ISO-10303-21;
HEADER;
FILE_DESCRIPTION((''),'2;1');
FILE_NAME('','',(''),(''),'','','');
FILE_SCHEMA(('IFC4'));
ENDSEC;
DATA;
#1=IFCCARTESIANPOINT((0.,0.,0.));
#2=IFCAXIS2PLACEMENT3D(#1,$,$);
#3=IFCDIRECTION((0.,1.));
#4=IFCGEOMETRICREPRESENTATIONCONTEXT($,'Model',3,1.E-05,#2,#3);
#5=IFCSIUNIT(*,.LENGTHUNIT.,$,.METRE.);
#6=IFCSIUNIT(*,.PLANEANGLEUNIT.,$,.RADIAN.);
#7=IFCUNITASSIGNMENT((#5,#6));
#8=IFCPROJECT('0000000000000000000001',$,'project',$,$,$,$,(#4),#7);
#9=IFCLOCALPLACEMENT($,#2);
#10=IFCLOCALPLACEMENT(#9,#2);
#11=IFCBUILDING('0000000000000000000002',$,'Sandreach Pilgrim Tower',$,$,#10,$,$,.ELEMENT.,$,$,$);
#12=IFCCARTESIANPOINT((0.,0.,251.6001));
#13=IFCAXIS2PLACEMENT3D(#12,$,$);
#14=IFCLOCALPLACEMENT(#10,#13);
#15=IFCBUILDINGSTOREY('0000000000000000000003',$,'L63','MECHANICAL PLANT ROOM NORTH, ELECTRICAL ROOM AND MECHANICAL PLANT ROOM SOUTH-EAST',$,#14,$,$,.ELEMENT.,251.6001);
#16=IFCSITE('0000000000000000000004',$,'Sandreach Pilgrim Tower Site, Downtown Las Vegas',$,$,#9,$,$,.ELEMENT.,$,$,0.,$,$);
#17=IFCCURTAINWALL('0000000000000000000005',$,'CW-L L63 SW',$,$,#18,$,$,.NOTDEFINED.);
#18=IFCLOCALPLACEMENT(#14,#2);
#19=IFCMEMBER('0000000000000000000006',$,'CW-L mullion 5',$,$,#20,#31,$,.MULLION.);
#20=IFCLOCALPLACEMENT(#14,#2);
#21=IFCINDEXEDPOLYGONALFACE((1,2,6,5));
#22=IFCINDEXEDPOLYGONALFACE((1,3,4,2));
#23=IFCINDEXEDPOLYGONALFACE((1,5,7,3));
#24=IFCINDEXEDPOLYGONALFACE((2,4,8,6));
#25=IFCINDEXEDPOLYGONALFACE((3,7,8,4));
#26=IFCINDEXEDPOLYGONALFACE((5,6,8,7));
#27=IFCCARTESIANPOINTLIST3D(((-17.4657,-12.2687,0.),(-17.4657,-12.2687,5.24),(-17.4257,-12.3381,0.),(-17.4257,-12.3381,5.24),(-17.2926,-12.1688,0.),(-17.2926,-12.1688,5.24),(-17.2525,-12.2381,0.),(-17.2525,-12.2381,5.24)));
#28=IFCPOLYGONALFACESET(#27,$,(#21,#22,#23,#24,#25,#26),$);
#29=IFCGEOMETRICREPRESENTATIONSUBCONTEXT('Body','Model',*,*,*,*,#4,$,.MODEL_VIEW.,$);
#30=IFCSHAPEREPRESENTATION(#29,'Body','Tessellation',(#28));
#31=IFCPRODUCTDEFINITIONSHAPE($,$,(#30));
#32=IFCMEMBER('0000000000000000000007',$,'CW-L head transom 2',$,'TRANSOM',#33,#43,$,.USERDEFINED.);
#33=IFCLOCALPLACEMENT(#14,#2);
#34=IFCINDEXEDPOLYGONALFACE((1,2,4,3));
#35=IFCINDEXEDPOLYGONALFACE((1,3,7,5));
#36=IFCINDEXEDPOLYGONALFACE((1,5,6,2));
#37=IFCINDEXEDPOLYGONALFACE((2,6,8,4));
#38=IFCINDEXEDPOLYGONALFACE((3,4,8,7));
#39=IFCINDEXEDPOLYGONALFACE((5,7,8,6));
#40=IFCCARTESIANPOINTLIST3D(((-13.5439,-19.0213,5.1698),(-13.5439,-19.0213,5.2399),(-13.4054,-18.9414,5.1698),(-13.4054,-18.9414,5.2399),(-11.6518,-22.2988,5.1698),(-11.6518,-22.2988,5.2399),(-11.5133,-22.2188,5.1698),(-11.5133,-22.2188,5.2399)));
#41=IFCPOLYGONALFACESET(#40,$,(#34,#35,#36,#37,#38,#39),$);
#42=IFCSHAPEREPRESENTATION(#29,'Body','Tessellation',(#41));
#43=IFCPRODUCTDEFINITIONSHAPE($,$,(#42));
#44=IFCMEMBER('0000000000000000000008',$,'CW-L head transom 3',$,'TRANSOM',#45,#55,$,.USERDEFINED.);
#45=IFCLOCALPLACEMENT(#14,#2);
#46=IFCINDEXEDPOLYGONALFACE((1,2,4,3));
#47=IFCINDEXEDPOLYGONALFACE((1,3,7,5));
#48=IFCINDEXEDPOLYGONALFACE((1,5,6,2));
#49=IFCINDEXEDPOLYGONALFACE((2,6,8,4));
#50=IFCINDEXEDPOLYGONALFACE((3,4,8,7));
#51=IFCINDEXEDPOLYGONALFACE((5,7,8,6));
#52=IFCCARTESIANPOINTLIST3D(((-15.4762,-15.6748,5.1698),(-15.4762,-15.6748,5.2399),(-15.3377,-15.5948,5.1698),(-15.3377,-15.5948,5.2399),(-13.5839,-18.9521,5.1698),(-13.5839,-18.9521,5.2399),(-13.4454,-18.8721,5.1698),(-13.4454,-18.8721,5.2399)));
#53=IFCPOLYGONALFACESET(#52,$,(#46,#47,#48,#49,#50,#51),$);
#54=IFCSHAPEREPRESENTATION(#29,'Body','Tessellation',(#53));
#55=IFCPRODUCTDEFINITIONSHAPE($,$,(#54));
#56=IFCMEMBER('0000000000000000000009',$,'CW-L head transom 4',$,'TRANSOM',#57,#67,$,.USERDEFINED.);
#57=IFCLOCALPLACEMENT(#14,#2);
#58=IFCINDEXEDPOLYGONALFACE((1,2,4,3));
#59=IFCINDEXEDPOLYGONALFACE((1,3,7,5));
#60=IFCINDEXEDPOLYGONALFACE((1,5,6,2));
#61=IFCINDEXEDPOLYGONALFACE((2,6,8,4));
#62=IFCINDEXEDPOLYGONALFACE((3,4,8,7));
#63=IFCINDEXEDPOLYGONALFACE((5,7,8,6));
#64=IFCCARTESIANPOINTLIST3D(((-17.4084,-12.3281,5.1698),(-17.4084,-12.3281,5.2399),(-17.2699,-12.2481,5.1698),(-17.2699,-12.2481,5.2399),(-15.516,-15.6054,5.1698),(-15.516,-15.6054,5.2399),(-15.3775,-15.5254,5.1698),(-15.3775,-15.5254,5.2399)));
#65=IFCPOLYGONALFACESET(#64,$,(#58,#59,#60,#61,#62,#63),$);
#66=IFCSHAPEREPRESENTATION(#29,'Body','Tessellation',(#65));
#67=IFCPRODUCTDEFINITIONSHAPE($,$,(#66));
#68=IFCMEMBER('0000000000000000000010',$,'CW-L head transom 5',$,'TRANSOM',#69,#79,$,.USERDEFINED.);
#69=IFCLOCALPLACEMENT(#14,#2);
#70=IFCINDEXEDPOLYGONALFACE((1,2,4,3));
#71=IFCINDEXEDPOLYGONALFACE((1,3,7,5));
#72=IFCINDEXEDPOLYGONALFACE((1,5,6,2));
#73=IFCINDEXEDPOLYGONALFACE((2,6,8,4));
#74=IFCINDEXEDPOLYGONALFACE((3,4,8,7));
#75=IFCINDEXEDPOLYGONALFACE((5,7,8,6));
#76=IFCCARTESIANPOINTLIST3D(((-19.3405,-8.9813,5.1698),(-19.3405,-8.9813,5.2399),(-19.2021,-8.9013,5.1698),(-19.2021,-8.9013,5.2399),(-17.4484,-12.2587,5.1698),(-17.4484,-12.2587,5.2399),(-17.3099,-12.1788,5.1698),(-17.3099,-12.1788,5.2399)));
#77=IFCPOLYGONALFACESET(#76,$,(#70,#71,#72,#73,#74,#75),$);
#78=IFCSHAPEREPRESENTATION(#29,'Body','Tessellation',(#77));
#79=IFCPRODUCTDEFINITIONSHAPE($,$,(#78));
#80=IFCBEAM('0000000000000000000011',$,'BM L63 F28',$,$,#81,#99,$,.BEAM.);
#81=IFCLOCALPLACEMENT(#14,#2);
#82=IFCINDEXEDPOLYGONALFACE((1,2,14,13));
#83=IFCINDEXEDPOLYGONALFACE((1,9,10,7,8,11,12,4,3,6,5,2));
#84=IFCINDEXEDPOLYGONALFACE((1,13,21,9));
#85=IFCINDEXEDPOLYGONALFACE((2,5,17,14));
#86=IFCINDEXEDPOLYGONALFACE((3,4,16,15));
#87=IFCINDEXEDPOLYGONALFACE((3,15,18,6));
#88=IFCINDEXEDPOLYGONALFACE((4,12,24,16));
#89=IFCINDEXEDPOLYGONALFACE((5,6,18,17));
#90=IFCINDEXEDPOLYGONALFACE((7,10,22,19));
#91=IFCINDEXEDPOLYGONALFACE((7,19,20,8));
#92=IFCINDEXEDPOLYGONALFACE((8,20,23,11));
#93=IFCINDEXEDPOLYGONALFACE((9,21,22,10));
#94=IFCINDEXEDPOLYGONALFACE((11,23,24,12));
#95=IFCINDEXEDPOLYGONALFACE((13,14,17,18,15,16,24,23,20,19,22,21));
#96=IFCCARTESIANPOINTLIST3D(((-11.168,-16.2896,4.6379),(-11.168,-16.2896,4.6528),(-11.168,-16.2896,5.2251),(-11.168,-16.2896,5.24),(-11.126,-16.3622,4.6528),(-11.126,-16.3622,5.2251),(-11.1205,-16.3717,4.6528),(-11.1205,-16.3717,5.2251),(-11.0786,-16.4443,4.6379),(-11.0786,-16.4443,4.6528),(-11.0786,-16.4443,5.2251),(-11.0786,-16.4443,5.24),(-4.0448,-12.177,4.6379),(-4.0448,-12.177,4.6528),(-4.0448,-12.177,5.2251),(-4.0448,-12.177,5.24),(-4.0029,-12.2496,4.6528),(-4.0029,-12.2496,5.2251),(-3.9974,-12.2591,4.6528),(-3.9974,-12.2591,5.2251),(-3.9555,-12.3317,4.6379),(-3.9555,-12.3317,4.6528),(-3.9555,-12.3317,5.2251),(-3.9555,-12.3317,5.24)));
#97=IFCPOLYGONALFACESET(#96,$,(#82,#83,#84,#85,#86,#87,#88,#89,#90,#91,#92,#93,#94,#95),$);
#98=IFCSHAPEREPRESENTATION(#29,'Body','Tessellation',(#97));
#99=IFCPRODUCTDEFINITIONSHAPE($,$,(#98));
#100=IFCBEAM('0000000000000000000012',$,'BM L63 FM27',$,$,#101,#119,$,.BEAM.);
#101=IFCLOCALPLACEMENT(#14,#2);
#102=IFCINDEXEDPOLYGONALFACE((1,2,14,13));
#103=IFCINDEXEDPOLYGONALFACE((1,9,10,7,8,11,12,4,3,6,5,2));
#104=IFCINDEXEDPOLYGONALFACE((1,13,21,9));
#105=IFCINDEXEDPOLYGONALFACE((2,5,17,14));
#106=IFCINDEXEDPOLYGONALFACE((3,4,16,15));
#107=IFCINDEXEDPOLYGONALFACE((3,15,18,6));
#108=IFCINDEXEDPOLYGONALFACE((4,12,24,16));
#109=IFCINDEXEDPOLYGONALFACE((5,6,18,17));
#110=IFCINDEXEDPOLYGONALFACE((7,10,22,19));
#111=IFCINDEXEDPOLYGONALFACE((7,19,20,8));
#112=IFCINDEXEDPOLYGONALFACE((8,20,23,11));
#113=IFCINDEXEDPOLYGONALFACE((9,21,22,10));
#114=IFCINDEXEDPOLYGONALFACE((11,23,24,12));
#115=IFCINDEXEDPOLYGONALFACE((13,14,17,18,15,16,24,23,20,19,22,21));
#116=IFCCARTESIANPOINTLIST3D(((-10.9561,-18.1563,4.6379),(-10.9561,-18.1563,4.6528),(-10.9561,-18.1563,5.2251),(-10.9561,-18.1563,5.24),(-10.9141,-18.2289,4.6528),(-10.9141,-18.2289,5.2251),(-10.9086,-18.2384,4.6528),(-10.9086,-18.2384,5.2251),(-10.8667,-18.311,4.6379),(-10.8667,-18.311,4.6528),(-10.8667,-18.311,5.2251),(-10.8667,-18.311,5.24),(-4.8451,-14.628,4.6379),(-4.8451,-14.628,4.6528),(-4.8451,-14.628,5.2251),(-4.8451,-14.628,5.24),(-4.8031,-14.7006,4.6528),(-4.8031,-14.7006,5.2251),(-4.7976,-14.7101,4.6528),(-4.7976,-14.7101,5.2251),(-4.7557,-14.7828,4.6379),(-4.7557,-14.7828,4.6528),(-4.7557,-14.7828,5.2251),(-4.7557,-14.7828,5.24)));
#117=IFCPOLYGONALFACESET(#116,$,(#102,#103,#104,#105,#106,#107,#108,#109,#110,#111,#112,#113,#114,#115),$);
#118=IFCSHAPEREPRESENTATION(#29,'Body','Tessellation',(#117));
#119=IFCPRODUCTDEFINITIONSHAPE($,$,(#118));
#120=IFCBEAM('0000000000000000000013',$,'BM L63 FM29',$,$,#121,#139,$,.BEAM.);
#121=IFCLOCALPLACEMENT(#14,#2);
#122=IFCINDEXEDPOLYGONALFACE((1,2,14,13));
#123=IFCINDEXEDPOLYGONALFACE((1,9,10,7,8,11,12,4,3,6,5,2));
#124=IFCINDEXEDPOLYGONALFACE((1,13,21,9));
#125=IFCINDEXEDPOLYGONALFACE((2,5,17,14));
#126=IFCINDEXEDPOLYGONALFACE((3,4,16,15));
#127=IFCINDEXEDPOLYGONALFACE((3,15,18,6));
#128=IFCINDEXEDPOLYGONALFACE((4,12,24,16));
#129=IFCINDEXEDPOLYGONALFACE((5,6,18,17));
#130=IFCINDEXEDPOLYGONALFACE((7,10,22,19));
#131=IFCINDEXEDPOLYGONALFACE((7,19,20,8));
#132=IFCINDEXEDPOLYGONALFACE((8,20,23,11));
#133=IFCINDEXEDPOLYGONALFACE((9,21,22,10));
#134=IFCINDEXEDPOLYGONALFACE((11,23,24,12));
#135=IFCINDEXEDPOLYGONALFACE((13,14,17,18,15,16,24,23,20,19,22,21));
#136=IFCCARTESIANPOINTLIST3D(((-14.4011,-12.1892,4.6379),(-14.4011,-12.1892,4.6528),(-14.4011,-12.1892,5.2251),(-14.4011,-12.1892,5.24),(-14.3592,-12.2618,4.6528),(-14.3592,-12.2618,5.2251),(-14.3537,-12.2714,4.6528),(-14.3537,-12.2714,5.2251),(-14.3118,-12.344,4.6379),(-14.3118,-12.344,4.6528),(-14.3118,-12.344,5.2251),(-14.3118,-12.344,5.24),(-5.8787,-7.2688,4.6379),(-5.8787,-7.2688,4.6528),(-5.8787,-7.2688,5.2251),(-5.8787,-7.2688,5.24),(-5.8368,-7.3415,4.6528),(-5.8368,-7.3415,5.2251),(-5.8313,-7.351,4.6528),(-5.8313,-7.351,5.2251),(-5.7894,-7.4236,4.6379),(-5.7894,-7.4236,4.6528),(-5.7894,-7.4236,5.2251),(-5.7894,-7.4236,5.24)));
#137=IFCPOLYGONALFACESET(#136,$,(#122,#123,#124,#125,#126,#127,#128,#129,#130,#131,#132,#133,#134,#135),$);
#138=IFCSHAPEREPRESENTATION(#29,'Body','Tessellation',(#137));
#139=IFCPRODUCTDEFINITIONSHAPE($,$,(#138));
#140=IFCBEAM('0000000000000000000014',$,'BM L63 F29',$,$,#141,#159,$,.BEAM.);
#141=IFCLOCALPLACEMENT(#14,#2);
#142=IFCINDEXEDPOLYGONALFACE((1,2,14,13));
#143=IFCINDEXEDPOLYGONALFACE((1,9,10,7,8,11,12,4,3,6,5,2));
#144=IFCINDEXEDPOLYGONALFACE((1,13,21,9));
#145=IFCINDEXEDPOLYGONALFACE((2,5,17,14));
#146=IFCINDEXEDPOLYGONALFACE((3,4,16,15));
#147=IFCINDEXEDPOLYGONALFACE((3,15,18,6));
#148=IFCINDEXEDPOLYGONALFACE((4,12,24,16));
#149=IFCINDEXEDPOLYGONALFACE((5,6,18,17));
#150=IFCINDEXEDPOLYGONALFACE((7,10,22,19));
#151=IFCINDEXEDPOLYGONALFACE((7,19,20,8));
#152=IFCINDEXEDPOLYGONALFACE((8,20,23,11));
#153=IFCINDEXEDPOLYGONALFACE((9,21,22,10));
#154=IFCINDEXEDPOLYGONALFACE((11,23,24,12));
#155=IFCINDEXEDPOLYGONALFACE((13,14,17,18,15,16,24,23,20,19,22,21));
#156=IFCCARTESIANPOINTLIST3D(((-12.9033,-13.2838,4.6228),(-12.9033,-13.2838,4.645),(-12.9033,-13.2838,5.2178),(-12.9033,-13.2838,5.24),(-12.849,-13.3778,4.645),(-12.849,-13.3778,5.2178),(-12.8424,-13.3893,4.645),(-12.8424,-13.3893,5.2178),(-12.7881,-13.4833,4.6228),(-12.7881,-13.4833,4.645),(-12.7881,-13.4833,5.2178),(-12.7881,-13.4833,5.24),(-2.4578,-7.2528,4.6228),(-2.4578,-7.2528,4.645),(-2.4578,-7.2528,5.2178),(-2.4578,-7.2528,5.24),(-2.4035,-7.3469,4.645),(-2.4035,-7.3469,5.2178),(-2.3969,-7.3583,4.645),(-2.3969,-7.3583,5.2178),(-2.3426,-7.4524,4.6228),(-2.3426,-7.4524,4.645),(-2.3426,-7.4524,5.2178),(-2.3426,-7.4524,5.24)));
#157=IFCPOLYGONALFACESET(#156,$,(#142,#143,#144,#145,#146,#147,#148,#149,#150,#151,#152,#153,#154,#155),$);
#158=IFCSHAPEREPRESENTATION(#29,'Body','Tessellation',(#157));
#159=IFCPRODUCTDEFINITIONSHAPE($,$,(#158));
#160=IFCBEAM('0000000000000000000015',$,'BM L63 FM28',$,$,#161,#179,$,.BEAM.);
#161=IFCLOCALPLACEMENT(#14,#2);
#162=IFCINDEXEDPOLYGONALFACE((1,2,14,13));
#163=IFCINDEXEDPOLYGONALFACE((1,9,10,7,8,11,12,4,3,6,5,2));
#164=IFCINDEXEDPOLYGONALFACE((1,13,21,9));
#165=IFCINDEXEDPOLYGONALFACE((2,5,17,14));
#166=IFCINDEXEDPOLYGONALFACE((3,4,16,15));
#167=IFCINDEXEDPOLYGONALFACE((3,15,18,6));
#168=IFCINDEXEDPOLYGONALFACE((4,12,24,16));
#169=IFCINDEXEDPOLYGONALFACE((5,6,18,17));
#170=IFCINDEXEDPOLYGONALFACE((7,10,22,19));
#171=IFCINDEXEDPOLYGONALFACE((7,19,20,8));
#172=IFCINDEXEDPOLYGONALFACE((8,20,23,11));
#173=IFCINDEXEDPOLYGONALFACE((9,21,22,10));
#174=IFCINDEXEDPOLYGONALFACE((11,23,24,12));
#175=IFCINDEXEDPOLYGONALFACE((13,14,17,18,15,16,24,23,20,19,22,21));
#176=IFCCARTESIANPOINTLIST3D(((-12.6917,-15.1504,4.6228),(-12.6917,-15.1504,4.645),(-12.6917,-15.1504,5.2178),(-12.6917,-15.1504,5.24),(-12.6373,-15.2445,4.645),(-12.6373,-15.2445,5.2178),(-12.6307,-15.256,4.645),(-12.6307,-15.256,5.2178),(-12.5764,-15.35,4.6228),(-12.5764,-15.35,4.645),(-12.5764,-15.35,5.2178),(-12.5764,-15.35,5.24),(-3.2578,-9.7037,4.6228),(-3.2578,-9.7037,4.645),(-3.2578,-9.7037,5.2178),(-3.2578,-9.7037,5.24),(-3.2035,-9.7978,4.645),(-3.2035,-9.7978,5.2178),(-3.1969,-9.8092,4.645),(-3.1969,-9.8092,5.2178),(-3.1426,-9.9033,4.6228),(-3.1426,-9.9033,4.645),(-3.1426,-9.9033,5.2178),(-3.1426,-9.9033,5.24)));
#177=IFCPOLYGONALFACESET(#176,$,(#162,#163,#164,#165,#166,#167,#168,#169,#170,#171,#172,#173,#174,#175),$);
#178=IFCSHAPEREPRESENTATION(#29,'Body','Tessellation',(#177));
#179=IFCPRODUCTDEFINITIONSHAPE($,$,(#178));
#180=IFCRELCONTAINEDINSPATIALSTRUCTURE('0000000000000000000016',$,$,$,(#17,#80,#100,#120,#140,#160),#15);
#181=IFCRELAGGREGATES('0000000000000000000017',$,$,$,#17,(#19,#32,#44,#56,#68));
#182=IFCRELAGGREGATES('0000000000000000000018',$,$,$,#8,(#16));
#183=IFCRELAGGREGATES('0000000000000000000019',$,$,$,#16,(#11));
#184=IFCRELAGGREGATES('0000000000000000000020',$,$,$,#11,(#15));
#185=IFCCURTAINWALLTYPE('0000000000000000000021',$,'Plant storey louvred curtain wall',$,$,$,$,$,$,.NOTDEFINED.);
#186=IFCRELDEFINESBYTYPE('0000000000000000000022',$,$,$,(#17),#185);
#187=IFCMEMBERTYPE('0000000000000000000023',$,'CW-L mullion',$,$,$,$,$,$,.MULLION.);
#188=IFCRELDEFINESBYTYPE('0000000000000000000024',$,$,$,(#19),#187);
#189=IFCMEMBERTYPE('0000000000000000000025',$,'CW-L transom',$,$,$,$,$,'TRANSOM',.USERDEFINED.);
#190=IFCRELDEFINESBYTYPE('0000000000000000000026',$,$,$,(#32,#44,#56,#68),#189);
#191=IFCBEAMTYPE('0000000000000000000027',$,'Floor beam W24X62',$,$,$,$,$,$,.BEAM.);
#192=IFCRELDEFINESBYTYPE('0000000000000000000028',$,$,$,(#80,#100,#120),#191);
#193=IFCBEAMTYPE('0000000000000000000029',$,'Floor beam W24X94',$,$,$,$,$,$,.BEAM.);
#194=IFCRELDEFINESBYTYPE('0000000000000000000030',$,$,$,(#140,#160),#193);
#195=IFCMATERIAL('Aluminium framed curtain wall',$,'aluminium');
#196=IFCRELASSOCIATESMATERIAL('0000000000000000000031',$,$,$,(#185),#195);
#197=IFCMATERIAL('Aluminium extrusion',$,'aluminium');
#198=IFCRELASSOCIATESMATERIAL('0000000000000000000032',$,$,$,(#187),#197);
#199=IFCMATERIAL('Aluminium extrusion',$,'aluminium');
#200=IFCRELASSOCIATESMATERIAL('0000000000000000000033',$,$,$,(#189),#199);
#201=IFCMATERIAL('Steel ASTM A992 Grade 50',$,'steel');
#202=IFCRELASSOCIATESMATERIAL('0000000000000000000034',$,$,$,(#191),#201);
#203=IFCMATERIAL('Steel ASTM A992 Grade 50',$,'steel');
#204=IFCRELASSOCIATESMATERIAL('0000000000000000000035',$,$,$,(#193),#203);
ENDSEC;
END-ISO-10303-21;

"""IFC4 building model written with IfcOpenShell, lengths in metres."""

from ifc_helpers import new_model, si_unit, direction, frame, origin, origin_2d, place, context, subcontext, project, spatial, rectangle, i_section, extrude, material, material_profile, profile_set, type_object, element, aggregate, save


model = new_model("IFC4")

# Units and contexts
model_context = context("Model", 3, precision=1e-05, world=origin(), true_north=direction((0.0, 1.0)))
body_context = subcontext(model_context, "Body", "Model", "MODEL_VIEW")
ifc_project = project(units=[si_unit("LENGTHUNIT", "METRE"), si_unit("PLANEANGLEUNIT", "RADIAN")], contexts=[model_context])

# Site, building, storey
site_placement = place(None, origin())
site = spatial("IfcSite", under=ifc_project, at=site_placement, Name="Sandreach Pilgrim Tower Site, Downtown Las Vegas", CompositionType="ELEMENT", RefElevation=0.0)
building_placement = place(site_placement, origin())
building = spatial("IfcBuilding", under=site, at=building_placement, Name="Sandreach Pilgrim Tower", CompositionType="ELEMENT")
storey_placement = place(building_placement, frame((0.0, 0.0, 251.6001)))
storey = spatial("IfcBuildingStorey", under=building, at=storey_placement, Name="L63", Description="MECHANICAL PLANT ROOM NORTH, ELECTRICAL ROOM AND MECHANICAL PLANT ROOM SOUTH-EAST", CompositionType="ELEMENT", Elevation=251.6001)

# Curtain wall, members
ifc_material_1 = material(Name="Aluminium framed curtain wall", Category="aluminium")
curtain_wall_type = type_object("IfcCurtainWallType", Name="Plant storey louvred curtain wall", PredefinedType="NOTDEFINED", material=ifc_material_1)
curtain_wall_placement = place(storey_placement, origin())
curtain_wall = element("IfcCurtainWall", 1, at=curtain_wall_placement, inside=storey, type_object=curtain_wall_type, Name="CW-L L63 SW", PredefinedType="NOTDEFINED")
ifc_material_2 = material(Name="Aluminium extrusion", Category="aluminium")
ifc_material_profile_1 = material_profile(ifc_material_2, rectangle(XDim=0.0801, YDim=0.2, at=origin_2d()), Name="CW-LM 80X200")
ifc_profile_set_1 = profile_set([ifc_material_profile_1], Name="Aluminium extrusion")
member_type_1 = type_object("IfcMemberType", Name="CW-L mullion", PredefinedType="MULLION", material=ifc_profile_set_1)
member_1_placement = place(storey_placement, frame((-17.3591, -12.2534, 0.0), z_axis=(0.0, 0.0, 1.0), x_axis=(-0.5, 0.866025, 0.0)))
member_1 = element("IfcMember", 2, at=member_1_placement, type_object=member_type_1, Name="CW-L mullion 5", PredefinedType="MULLION", context=body_context, shape_type="SweptSolid", body=[
    extrude(rectangle(XDim=0.0801, YDim=0.2, at=origin_2d()), origin(), (0.0, 0.0, 1.0), 5.24),
])
ifc_material_3 = material(Name="Aluminium extrusion", Category="aluminium")
ifc_material_profile_2 = material_profile(ifc_material_3, rectangle(XDim=0.1599, YDim=0.0701, at=origin_2d()), Name="CW-LT 160X70")
ifc_profile_set_2 = profile_set([ifc_material_profile_2], Name="Aluminium extrusion")
member_type_2 = type_object("IfcMemberType", Name="CW-L transom", ElementType="TRANSOM", PredefinedType="USERDEFINED", material=ifc_profile_set_2)
member_2_placement = place(storey_placement, frame((-11.5825, -22.2588, 5.2048), z_axis=(-0.499983, 0.866035, 0.0), x_axis=(-0.866035, -0.499983, 0.0)))
member_2 = element("IfcMember", 3, at=member_2_placement, type_object=member_type_2, Name="CW-L head transom 2", ObjectType="TRANSOM", PredefinedType="USERDEFINED", context=body_context, shape_type="SweptSolid", body=[
    extrude(rectangle(XDim=0.1599, YDim=0.0701, at=origin_2d()), origin(), (0.0, 0.0, 1.0), 3.7844),
])
member_3_placement = place(storey_placement, frame((-13.5146, -18.9121, 5.2048), z_axis=(-0.500031, 0.866007, 0.0), x_axis=(-0.866007, -0.500031, 0.0)))
member_3 = element("IfcMember", 4, at=member_3_placement, type_object=member_type_2, Name="CW-L head transom 3", ObjectType="TRANSOM", PredefinedType="USERDEFINED", context=body_context, shape_type="SweptSolid", body=[
    extrude(rectangle(XDim=0.1599, YDim=0.0701, at=origin_2d()), origin(), (0.0, 0.0, 1.0), 3.7844),
])
member_4_placement = place(storey_placement, frame((-15.4468, -15.5654, 5.2048), z_axis=(-0.500031, 0.866007, 0.0), x_axis=(-0.866007, -0.500031, 0.0)))
member_4 = element("IfcMember", 5, at=member_4_placement, type_object=member_type_2, Name="CW-L head transom 4", ObjectType="TRANSOM", PredefinedType="USERDEFINED", context=body_context, shape_type="SweptSolid", body=[
    extrude(rectangle(XDim=0.1599, YDim=0.0701, at=origin_2d()), origin(), (0.0, 0.0, 1.0), 3.7844),
])
member_5_placement = place(storey_placement, frame((-17.3792, -12.2188, 5.2048), z_axis=(-0.499983, 0.866035, 0.0), x_axis=(-0.866035, -0.499983, 0.0)))
member_5 = element("IfcMember", 6, at=member_5_placement, type_object=member_type_2, Name="CW-L head transom 5", ObjectType="TRANSOM", PredefinedType="USERDEFINED", context=body_context, shape_type="SweptSolid", body=[
    extrude(rectangle(XDim=0.1599, YDim=0.0701, at=origin_2d()), origin(), (0.0, 0.0, 1.0), 3.7844),
])

# Beams
ifc_material_4 = material(Name="Steel ASTM A992 Grade 50", Category="steel")
ifc_material_profile_3 = material_profile(ifc_material_4, i_section(OverallWidth=0.1787, OverallDepth=0.6021, WebThickness=0.011, FlangeThickness=0.0149, at=origin_2d()), Name="W24X62")
ifc_profile_set_3 = profile_set([ifc_material_profile_3], Name="Steel ASTM A992 Grade 50")
beam_type_1 = type_object("IfcBeamType", Name="Floor beam W24X62", PredefinedType="BEAM", material=ifc_profile_set_3)
beam_1_placement = place(storey_placement, frame((-11.1233, -16.3669, 4.939), z_axis=(0.866022, 0.500005, 0.0), x_axis=(-0.500005, 0.866022, 0.0)))
element("IfcBeam", 7, at=beam_1_placement, inside=storey, type_object=beam_type_1, Name="BM L63 F28", PredefinedType="BEAM", context=body_context, shape_type="SweptSolid", body=[
    extrude(i_section(OverallWidth=0.1787, OverallDepth=0.6021, WebThickness=0.011, FlangeThickness=0.0149, at=origin_2d()), origin(), (0.0, 0.0, 1.0), 8.2251),
])
beam_2_placement = place(storey_placement, frame((-10.9114, -18.2336, 4.939), z_axis=(0.86602, 0.500009, 0.0), x_axis=(-0.500009, 0.86602, 0.0)))
element("IfcBeam", 8, at=beam_2_placement, inside=storey, type_object=beam_type_1, Name="BM L63 FM27", PredefinedType="BEAM", context=body_context, shape_type="SweptSolid", body=[
    extrude(i_section(OverallWidth=0.1787, OverallDepth=0.6021, WebThickness=0.011, FlangeThickness=0.0149, at=origin_2d()), origin(), (0.0, 0.0, 1.0), 7.0564),
])
beam_3_placement = place(storey_placement, frame((-14.3564, -12.2666, 4.939), z_axis=(0.866027, 0.499997, 0.0), x_axis=(-0.499997, 0.866027, 0.0)))
element("IfcBeam", 9, at=beam_3_placement, inside=storey, type_object=beam_type_1, Name="BM L63 FM29", PredefinedType="BEAM", context=body_context, shape_type="SweptSolid", body=[
    extrude(i_section(OverallWidth=0.1787, OverallDepth=0.6021, WebThickness=0.011, FlangeThickness=0.0149, at=origin_2d()), origin(), (0.0, 0.0, 1.0), 9.8408),
])
ifc_material_5 = material(Name="Steel ASTM A992 Grade 50", Category="steel")
ifc_material_profile_4 = material_profile(ifc_material_5, i_section(OverallWidth=0.2305, OverallDepth=0.6172, WebThickness=0.0132, FlangeThickness=0.0222, at=origin_2d()), Name="W24X94")
ifc_profile_set_4 = profile_set([ifc_material_profile_4], Name="Steel ASTM A992 Grade 50")
beam_type_2 = type_object("IfcBeamType", Name="Floor beam W24X94", PredefinedType="BEAM", material=ifc_profile_set_4)
beam_4_placement = place(storey_placement, frame((-12.8457, -13.3835, 4.9314), z_axis=(0.866016, 0.500016, 0.0), x_axis=(-0.500016, 0.866016, 0.0)))
element("IfcBeam", 10, at=beam_4_placement, inside=storey, type_object=beam_type_2, Name="BM L63 F29", PredefinedType="BEAM", context=body_context, shape_type="SweptSolid", body=[
    extrude(i_section(OverallWidth=0.2305, OverallDepth=0.6172, WebThickness=0.0132, FlangeThickness=0.0222, at=origin_2d()), origin(), (0.0, 0.0, 1.0), 12.0615),
])
beam_5_placement = place(storey_placement, frame((-12.634, -15.2502, 4.9314), z_axis=(0.86602, 0.50001, 0.0), x_axis=(-0.50001, 0.86602, 0.0)))
element("IfcBeam", 11, at=beam_5_placement, inside=storey, type_object=beam_type_2, Name="BM L63 FM28", PredefinedType="BEAM", context=body_context, shape_type="SweptSolid", body=[
    extrude(i_section(OverallWidth=0.2305, OverallDepth=0.6172, WebThickness=0.0132, FlangeThickness=0.0222, at=origin_2d()), origin(), (0.0, 0.0, 1.0), 10.8933),
])

aggregate(curtain_wall, [member_1, member_2, member_3, member_4, member_5])

save(model, "model.ifc")
